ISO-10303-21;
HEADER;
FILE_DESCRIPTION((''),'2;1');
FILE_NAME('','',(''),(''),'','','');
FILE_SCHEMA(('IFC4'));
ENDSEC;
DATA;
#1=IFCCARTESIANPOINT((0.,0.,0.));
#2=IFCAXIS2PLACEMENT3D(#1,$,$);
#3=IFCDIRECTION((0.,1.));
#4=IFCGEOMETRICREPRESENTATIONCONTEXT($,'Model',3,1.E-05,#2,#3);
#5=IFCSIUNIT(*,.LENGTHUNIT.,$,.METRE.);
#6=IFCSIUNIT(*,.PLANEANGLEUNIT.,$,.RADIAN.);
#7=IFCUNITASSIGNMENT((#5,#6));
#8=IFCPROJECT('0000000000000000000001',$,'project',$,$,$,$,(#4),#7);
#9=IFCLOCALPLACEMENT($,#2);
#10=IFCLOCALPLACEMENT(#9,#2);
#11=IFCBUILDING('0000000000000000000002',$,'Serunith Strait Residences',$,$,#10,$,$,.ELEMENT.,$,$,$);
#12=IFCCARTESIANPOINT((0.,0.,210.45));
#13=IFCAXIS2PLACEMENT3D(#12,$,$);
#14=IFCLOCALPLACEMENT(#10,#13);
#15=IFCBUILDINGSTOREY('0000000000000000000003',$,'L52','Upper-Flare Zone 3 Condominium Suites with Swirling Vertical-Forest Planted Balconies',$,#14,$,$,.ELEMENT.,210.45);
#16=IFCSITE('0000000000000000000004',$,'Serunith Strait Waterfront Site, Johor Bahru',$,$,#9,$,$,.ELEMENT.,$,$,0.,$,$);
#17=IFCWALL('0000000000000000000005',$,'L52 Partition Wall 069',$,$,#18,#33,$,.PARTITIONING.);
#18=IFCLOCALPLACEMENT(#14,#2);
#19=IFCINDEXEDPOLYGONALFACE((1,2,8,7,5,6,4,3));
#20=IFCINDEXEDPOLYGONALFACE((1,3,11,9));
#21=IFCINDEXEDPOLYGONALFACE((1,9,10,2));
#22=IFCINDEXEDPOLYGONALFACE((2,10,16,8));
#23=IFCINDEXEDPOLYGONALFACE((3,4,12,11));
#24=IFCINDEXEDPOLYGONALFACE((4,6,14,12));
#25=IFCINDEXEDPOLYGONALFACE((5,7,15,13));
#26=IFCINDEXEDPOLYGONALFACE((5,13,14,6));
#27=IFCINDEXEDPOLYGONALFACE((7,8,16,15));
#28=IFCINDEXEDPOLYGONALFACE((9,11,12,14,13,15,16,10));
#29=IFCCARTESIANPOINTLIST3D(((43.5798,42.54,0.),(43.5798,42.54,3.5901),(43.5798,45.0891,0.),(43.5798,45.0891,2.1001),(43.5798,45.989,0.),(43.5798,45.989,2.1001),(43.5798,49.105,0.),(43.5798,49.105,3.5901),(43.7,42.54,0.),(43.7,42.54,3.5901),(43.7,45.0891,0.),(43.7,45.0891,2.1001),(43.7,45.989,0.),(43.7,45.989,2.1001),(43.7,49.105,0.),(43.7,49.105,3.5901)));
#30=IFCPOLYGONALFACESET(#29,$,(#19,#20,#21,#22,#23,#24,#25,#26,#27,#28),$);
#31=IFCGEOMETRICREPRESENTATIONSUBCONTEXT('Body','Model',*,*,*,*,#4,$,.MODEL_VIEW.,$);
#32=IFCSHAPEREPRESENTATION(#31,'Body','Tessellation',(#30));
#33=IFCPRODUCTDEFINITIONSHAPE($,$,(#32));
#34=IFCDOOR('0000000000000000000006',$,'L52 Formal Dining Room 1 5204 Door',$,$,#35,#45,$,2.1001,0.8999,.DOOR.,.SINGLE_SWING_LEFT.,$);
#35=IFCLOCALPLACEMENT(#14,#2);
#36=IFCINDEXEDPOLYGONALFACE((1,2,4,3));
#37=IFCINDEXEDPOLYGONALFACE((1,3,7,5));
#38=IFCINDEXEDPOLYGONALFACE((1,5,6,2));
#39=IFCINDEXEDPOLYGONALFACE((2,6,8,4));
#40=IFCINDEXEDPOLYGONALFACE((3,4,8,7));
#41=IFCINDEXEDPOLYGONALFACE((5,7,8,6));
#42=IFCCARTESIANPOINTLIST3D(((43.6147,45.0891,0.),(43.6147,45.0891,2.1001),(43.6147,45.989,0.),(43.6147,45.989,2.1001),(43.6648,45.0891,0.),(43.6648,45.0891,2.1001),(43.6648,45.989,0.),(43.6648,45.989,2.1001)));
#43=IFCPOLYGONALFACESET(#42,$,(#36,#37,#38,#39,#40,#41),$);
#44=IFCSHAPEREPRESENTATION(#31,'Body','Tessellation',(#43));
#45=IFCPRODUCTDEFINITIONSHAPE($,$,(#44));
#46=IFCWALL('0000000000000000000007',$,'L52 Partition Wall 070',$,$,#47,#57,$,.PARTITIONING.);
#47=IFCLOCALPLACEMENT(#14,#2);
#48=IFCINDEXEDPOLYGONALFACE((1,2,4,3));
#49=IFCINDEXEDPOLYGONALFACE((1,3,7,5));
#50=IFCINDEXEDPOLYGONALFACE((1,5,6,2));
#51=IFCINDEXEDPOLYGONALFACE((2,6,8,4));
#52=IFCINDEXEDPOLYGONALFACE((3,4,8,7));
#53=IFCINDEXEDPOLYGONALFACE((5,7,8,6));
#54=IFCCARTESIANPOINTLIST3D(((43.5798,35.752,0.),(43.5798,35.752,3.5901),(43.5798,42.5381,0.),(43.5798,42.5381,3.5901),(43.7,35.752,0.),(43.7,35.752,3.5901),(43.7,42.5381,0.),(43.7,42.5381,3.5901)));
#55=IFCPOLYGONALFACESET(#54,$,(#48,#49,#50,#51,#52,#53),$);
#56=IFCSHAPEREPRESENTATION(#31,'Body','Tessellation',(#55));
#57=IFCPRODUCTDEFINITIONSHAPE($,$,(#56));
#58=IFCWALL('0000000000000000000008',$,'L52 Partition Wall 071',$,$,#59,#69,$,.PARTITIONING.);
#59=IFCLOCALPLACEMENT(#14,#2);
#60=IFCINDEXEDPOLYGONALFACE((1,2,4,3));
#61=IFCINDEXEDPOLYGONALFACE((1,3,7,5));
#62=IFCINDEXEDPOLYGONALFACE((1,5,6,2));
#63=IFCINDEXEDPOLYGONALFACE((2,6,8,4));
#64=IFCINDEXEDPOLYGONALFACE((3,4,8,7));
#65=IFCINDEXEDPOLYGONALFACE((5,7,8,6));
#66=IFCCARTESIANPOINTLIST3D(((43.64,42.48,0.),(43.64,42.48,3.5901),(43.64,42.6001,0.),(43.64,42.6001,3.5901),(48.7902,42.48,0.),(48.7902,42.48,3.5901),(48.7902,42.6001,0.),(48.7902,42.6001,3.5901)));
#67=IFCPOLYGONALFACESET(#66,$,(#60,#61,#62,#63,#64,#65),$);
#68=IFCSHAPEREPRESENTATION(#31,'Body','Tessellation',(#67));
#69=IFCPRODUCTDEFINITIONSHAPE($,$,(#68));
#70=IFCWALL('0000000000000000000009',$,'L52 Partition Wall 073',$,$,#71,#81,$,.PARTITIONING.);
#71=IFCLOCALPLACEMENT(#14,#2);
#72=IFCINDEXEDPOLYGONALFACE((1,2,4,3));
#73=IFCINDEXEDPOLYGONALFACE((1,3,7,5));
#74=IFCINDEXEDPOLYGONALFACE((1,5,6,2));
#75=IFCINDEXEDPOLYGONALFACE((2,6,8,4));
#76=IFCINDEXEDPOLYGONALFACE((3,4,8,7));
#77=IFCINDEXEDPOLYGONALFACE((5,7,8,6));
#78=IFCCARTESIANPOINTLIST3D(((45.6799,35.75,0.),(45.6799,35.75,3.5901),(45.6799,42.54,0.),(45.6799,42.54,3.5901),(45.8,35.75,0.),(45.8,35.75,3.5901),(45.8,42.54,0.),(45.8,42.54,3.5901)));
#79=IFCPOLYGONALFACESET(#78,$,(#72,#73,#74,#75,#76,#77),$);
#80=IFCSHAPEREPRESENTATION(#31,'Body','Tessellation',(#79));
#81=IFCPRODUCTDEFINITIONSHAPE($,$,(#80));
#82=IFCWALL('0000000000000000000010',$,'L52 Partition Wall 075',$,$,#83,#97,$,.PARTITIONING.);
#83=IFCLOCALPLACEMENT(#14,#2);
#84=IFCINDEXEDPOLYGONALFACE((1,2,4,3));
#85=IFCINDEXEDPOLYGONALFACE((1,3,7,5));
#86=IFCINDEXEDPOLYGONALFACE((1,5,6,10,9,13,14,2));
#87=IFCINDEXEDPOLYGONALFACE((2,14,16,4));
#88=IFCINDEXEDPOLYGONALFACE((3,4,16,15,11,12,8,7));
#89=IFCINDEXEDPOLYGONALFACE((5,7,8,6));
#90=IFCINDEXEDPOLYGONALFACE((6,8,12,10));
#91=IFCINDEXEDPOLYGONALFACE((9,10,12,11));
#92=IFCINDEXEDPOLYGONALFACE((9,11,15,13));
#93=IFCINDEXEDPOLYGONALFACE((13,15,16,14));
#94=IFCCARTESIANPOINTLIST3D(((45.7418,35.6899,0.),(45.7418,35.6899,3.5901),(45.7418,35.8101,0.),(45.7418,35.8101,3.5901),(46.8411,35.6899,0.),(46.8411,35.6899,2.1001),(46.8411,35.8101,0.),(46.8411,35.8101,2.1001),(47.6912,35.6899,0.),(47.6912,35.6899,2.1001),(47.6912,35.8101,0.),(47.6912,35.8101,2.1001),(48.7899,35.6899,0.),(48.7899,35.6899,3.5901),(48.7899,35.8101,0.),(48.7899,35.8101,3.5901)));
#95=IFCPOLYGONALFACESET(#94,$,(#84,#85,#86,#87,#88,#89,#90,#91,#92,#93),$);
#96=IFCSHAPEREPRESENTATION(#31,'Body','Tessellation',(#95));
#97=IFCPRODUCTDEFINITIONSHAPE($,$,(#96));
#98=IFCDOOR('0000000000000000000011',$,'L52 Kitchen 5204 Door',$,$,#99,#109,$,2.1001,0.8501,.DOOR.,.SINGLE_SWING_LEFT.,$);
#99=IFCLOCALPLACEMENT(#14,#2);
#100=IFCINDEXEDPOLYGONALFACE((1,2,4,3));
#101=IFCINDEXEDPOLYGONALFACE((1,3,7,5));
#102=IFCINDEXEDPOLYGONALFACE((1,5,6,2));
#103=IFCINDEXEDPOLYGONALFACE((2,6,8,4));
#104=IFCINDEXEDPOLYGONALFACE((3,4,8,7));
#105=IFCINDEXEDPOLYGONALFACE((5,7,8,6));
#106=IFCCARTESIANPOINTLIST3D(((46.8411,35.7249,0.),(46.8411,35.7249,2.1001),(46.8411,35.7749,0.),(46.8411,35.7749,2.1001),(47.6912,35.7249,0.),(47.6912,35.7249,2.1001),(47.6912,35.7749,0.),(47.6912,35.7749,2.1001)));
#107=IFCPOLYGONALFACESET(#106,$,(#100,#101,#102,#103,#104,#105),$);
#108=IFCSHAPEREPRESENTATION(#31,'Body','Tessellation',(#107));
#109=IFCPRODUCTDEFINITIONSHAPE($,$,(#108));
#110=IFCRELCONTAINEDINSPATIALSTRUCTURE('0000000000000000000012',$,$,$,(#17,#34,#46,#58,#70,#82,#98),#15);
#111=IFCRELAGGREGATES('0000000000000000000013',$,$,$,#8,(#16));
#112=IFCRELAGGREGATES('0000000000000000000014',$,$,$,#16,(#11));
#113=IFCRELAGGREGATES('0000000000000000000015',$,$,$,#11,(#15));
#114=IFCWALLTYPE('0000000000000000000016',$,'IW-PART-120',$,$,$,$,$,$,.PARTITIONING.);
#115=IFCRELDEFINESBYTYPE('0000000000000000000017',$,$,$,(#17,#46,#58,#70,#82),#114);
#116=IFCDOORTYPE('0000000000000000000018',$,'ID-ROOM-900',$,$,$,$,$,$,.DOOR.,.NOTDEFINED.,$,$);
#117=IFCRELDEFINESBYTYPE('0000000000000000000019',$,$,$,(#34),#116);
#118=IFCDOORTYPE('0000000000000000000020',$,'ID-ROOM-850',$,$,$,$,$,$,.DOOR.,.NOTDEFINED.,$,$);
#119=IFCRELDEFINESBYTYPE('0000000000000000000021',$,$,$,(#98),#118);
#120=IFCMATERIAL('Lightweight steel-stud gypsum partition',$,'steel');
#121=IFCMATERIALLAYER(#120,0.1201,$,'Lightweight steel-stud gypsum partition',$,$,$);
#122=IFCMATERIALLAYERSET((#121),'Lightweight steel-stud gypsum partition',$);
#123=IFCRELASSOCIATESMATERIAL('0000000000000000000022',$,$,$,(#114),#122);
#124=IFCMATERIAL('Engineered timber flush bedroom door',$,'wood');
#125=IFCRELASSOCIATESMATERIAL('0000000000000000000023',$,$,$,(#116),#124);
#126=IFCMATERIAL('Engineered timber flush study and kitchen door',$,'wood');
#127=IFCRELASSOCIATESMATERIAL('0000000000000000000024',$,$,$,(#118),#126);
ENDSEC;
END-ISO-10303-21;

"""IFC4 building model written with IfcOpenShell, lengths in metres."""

from ifc_helpers import new_model, si_unit, direction, frame, frame_2d, origin, place, context, subcontext, project, spatial, rectangle, extrude, source, transform, mapped, material, layer, layer_set, type_object, element, fill, save


model = new_model("IFC4")

# Units and contexts
model_context = context("Model", 3, precision=1e-05, world=origin(), true_north=direction((0.0, 1.0)))
body_context = subcontext(model_context, "Body", "Model", "MODEL_VIEW")
ifc_project = project(units=[si_unit("LENGTHUNIT", "METRE"), si_unit("PLANEANGLEUNIT", "RADIAN")], contexts=[model_context])

# Site, building, storey
site_placement = place(None, origin())
site = spatial("IfcSite", under=ifc_project, at=site_placement, Name="Serunith Strait Waterfront Site, Johor Bahru", CompositionType="ELEMENT", RefElevation=0.0)
building_placement = place(site_placement, origin())
building = spatial("IfcBuilding", under=site, at=building_placement, Name="Serunith Strait Residences", CompositionType="ELEMENT")
storey_placement = place(building_placement, frame((0.0, 0.0, 210.45)))
storey = spatial("IfcBuildingStorey", under=building, at=storey_placement, Name="L52", Description="Upper-Flare Zone 3 Condominium Suites with Swirling Vertical-Forest Planted Balconies", CompositionType="ELEMENT", Elevation=210.45)

# Wall, opening, door
ifc_material_1 = material(Name="Lightweight steel-stud gypsum partition", Category="steel")
ifc_layer_1 = layer(ifc_material_1, 0.1201, Name="Lightweight steel-stud gypsum partition")
ifc_layer_set_1 = layer_set([ifc_layer_1], Name="Lightweight steel-stud gypsum partition")
wall_type = type_object("IfcWallType", Name="IW-PART-120", PredefinedType="PARTITIONING", material=ifc_layer_set_1)
wall_1_placement = place(storey_placement, frame((43.6399, 49.105, 0.0), z_axis=(0.0, 0.0, 1.0), x_axis=(0.0, -1.0, 0.0)))
wall_1 = element("IfcWall", 1, at=wall_1_placement, inside=storey, type_object=wall_type, Name="L52 Partition Wall 069", PredefinedType="PARTITIONING", context=body_context, shape_type="SweptSolid", body=[
    extrude(rectangle(XDim=6.5649, YDim=0.1201, at=frame_2d((3.2825, 0.0))), origin(), (0.0, 0.0, 1.0), 3.5901),
])
opening_1_placement = place(wall_1_placement, frame((3.116, 0.0, 0.0)))
opening_1 = element("IfcOpeningElement", 2, at=opening_1_placement, cuts=wall_1, PredefinedType="OPENING", context=body_context, shape_type="SweptSolid", body=[
    extrude(rectangle(XDim=0.8999, YDim=2.1001, at=frame_2d((0.45, 1.05))), frame((0.0, 0.0701, 0.0), z_axis=(0.0, -1.0, 0.0), x_axis=(1.0, 0.0, 0.0)), (0.0, 0.0, 1.0), 0.1401),
])
ifc_material_2 = material(Name="Engineered timber flush bedroom door", Category="wood")
door_type_1 = type_object("IfcDoorType", Name="ID-ROOM-900", OperationType="NOTDEFINED", PredefinedType="DOOR", material=ifc_material_2)
shared_shape_1 = source(origin(), body_context, "Body", "SweptSolid", [
    extrude(rectangle(XDim=0.8999, YDim=2.1001, at=frame_2d((0.45, 1.05))), frame((0.0, 0.0249, 0.0), z_axis=(0.0, -1.0, 0.0), x_axis=(1.0, 0.0, 0.0)), (0.0, 0.0, 1.0), 0.05),
])
door_1_placement = place(opening_1_placement, origin())
door_1 = element("IfcDoor", 3, at=door_1_placement, inside=storey, type_object=door_type_1, Name="L52 Formal Dining Room 1 5204 Door", OperationType="SINGLE_SWING_LEFT", OverallHeight=2.1001, OverallWidth=0.8999, PredefinedType="DOOR", context=body_context, shape_type="MappedRepresentation", body=[
    mapped(shared_shape_1, transform((0.0, 0.0, 0.0), scale=1.0)),
])
fill(opening_1, door_1)

# Walls
wall_2_placement = place(storey_placement, frame((43.6399, 42.5381, 0.0), z_axis=(0.0, 0.0, 1.0), x_axis=(0.0, -1.0, 0.0)))
element("IfcWall", 4, at=wall_2_placement, inside=storey, type_object=wall_type, Name="L52 Partition Wall 070", PredefinedType="PARTITIONING", context=body_context, shape_type="SweptSolid", body=[
    extrude(rectangle(XDim=6.7861, YDim=0.1201, at=frame_2d((3.3931, 0.0))), origin(), (0.0, 0.0, 1.0), 3.5901),
])
wall_3_placement = place(storey_placement, frame((43.6399, 42.54, 0.0), z_axis=(0.0, 0.0, 1.0), x_axis=(1.0, 0.0, 0.0)))
element("IfcWall", 5, at=wall_3_placement, inside=storey, type_object=wall_type, Name="L52 Partition Wall 071", PredefinedType="PARTITIONING", context=body_context, shape_type="SweptSolid", body=[
    extrude(rectangle(XDim=5.1501, YDim=0.1201, at=frame_2d((2.5752, 0.0))), origin(), (0.0, 0.0, 1.0), 3.5901),
])
wall_4_placement = place(storey_placement, frame((45.74, 42.54, 0.0), z_axis=(0.0, 0.0, 1.0), x_axis=(0.0, -1.0, 0.0)))
element("IfcWall", 6, at=wall_4_placement, inside=storey, type_object=wall_type, Name="L52 Partition Wall 073", PredefinedType="PARTITIONING", context=body_context, shape_type="SweptSolid", body=[
    extrude(rectangle(XDim=6.79, YDim=0.1201, at=frame_2d((3.395, 0.0))), origin(), (0.0, 0.0, 1.0), 3.5901),
])

# Wall, opening, door
wall_5_placement = place(storey_placement, frame((45.7419, 35.75, 0.0), z_axis=(0.0, 0.0, 1.0), x_axis=(1.0, 0.0, 0.0)))
wall_5 = element("IfcWall", 7, at=wall_5_placement, inside=storey, type_object=wall_type, Name="L52 Partition Wall 075", PredefinedType="PARTITIONING", context=body_context, shape_type="SweptSolid", body=[
    extrude(rectangle(XDim=3.0481, YDim=0.1201, at=frame_2d((1.5239, 0.0))), origin(), (0.0, 0.0, 1.0), 3.5901),
])
opening_2_placement = place(wall_5_placement, frame((1.0991, 0.0, 0.0)))
opening_2 = element("IfcOpeningElement", 8, at=opening_2_placement, cuts=wall_5, PredefinedType="OPENING", context=body_context, shape_type="SweptSolid", body=[
    extrude(rectangle(XDim=0.8501, YDim=2.1001, at=frame_2d((0.425, 1.05))), frame((0.0, 0.0701, 0.0), z_axis=(0.0, -1.0, 0.0), x_axis=(1.0, 0.0, 0.0)), (0.0, 0.0, 1.0), 0.1401),
])
ifc_material_3 = material(Name="Engineered timber flush study and kitchen door", Category="wood")
door_type_2 = type_object("IfcDoorType", Name="ID-ROOM-850", OperationType="NOTDEFINED", PredefinedType="DOOR", material=ifc_material_3)
shared_shape_2 = source(origin(), body_context, "Body", "SweptSolid", [
    extrude(rectangle(XDim=0.8501, YDim=2.1001, at=frame_2d((0.425, 1.05))), frame((0.0, 0.0249, 0.0), z_axis=(0.0, -1.0, 0.0), x_axis=(1.0, 0.0, 0.0)), (0.0, 0.0, 1.0), 0.05),
])
door_2_placement = place(opening_2_placement, origin())
door_2 = element("IfcDoor", 9, at=door_2_placement, inside=storey, type_object=door_type_2, Name="L52 Kitchen 5204 Door", OperationType="SINGLE_SWING_LEFT", OverallHeight=2.1001, OverallWidth=0.8501, PredefinedType="DOOR", context=body_context, shape_type="MappedRepresentation", body=[
    mapped(shared_shape_2, transform((0.0, 0.0, 0.0), scale=1.0)),
])
fill(opening_2, door_2)

save(model, "model.ifc")
